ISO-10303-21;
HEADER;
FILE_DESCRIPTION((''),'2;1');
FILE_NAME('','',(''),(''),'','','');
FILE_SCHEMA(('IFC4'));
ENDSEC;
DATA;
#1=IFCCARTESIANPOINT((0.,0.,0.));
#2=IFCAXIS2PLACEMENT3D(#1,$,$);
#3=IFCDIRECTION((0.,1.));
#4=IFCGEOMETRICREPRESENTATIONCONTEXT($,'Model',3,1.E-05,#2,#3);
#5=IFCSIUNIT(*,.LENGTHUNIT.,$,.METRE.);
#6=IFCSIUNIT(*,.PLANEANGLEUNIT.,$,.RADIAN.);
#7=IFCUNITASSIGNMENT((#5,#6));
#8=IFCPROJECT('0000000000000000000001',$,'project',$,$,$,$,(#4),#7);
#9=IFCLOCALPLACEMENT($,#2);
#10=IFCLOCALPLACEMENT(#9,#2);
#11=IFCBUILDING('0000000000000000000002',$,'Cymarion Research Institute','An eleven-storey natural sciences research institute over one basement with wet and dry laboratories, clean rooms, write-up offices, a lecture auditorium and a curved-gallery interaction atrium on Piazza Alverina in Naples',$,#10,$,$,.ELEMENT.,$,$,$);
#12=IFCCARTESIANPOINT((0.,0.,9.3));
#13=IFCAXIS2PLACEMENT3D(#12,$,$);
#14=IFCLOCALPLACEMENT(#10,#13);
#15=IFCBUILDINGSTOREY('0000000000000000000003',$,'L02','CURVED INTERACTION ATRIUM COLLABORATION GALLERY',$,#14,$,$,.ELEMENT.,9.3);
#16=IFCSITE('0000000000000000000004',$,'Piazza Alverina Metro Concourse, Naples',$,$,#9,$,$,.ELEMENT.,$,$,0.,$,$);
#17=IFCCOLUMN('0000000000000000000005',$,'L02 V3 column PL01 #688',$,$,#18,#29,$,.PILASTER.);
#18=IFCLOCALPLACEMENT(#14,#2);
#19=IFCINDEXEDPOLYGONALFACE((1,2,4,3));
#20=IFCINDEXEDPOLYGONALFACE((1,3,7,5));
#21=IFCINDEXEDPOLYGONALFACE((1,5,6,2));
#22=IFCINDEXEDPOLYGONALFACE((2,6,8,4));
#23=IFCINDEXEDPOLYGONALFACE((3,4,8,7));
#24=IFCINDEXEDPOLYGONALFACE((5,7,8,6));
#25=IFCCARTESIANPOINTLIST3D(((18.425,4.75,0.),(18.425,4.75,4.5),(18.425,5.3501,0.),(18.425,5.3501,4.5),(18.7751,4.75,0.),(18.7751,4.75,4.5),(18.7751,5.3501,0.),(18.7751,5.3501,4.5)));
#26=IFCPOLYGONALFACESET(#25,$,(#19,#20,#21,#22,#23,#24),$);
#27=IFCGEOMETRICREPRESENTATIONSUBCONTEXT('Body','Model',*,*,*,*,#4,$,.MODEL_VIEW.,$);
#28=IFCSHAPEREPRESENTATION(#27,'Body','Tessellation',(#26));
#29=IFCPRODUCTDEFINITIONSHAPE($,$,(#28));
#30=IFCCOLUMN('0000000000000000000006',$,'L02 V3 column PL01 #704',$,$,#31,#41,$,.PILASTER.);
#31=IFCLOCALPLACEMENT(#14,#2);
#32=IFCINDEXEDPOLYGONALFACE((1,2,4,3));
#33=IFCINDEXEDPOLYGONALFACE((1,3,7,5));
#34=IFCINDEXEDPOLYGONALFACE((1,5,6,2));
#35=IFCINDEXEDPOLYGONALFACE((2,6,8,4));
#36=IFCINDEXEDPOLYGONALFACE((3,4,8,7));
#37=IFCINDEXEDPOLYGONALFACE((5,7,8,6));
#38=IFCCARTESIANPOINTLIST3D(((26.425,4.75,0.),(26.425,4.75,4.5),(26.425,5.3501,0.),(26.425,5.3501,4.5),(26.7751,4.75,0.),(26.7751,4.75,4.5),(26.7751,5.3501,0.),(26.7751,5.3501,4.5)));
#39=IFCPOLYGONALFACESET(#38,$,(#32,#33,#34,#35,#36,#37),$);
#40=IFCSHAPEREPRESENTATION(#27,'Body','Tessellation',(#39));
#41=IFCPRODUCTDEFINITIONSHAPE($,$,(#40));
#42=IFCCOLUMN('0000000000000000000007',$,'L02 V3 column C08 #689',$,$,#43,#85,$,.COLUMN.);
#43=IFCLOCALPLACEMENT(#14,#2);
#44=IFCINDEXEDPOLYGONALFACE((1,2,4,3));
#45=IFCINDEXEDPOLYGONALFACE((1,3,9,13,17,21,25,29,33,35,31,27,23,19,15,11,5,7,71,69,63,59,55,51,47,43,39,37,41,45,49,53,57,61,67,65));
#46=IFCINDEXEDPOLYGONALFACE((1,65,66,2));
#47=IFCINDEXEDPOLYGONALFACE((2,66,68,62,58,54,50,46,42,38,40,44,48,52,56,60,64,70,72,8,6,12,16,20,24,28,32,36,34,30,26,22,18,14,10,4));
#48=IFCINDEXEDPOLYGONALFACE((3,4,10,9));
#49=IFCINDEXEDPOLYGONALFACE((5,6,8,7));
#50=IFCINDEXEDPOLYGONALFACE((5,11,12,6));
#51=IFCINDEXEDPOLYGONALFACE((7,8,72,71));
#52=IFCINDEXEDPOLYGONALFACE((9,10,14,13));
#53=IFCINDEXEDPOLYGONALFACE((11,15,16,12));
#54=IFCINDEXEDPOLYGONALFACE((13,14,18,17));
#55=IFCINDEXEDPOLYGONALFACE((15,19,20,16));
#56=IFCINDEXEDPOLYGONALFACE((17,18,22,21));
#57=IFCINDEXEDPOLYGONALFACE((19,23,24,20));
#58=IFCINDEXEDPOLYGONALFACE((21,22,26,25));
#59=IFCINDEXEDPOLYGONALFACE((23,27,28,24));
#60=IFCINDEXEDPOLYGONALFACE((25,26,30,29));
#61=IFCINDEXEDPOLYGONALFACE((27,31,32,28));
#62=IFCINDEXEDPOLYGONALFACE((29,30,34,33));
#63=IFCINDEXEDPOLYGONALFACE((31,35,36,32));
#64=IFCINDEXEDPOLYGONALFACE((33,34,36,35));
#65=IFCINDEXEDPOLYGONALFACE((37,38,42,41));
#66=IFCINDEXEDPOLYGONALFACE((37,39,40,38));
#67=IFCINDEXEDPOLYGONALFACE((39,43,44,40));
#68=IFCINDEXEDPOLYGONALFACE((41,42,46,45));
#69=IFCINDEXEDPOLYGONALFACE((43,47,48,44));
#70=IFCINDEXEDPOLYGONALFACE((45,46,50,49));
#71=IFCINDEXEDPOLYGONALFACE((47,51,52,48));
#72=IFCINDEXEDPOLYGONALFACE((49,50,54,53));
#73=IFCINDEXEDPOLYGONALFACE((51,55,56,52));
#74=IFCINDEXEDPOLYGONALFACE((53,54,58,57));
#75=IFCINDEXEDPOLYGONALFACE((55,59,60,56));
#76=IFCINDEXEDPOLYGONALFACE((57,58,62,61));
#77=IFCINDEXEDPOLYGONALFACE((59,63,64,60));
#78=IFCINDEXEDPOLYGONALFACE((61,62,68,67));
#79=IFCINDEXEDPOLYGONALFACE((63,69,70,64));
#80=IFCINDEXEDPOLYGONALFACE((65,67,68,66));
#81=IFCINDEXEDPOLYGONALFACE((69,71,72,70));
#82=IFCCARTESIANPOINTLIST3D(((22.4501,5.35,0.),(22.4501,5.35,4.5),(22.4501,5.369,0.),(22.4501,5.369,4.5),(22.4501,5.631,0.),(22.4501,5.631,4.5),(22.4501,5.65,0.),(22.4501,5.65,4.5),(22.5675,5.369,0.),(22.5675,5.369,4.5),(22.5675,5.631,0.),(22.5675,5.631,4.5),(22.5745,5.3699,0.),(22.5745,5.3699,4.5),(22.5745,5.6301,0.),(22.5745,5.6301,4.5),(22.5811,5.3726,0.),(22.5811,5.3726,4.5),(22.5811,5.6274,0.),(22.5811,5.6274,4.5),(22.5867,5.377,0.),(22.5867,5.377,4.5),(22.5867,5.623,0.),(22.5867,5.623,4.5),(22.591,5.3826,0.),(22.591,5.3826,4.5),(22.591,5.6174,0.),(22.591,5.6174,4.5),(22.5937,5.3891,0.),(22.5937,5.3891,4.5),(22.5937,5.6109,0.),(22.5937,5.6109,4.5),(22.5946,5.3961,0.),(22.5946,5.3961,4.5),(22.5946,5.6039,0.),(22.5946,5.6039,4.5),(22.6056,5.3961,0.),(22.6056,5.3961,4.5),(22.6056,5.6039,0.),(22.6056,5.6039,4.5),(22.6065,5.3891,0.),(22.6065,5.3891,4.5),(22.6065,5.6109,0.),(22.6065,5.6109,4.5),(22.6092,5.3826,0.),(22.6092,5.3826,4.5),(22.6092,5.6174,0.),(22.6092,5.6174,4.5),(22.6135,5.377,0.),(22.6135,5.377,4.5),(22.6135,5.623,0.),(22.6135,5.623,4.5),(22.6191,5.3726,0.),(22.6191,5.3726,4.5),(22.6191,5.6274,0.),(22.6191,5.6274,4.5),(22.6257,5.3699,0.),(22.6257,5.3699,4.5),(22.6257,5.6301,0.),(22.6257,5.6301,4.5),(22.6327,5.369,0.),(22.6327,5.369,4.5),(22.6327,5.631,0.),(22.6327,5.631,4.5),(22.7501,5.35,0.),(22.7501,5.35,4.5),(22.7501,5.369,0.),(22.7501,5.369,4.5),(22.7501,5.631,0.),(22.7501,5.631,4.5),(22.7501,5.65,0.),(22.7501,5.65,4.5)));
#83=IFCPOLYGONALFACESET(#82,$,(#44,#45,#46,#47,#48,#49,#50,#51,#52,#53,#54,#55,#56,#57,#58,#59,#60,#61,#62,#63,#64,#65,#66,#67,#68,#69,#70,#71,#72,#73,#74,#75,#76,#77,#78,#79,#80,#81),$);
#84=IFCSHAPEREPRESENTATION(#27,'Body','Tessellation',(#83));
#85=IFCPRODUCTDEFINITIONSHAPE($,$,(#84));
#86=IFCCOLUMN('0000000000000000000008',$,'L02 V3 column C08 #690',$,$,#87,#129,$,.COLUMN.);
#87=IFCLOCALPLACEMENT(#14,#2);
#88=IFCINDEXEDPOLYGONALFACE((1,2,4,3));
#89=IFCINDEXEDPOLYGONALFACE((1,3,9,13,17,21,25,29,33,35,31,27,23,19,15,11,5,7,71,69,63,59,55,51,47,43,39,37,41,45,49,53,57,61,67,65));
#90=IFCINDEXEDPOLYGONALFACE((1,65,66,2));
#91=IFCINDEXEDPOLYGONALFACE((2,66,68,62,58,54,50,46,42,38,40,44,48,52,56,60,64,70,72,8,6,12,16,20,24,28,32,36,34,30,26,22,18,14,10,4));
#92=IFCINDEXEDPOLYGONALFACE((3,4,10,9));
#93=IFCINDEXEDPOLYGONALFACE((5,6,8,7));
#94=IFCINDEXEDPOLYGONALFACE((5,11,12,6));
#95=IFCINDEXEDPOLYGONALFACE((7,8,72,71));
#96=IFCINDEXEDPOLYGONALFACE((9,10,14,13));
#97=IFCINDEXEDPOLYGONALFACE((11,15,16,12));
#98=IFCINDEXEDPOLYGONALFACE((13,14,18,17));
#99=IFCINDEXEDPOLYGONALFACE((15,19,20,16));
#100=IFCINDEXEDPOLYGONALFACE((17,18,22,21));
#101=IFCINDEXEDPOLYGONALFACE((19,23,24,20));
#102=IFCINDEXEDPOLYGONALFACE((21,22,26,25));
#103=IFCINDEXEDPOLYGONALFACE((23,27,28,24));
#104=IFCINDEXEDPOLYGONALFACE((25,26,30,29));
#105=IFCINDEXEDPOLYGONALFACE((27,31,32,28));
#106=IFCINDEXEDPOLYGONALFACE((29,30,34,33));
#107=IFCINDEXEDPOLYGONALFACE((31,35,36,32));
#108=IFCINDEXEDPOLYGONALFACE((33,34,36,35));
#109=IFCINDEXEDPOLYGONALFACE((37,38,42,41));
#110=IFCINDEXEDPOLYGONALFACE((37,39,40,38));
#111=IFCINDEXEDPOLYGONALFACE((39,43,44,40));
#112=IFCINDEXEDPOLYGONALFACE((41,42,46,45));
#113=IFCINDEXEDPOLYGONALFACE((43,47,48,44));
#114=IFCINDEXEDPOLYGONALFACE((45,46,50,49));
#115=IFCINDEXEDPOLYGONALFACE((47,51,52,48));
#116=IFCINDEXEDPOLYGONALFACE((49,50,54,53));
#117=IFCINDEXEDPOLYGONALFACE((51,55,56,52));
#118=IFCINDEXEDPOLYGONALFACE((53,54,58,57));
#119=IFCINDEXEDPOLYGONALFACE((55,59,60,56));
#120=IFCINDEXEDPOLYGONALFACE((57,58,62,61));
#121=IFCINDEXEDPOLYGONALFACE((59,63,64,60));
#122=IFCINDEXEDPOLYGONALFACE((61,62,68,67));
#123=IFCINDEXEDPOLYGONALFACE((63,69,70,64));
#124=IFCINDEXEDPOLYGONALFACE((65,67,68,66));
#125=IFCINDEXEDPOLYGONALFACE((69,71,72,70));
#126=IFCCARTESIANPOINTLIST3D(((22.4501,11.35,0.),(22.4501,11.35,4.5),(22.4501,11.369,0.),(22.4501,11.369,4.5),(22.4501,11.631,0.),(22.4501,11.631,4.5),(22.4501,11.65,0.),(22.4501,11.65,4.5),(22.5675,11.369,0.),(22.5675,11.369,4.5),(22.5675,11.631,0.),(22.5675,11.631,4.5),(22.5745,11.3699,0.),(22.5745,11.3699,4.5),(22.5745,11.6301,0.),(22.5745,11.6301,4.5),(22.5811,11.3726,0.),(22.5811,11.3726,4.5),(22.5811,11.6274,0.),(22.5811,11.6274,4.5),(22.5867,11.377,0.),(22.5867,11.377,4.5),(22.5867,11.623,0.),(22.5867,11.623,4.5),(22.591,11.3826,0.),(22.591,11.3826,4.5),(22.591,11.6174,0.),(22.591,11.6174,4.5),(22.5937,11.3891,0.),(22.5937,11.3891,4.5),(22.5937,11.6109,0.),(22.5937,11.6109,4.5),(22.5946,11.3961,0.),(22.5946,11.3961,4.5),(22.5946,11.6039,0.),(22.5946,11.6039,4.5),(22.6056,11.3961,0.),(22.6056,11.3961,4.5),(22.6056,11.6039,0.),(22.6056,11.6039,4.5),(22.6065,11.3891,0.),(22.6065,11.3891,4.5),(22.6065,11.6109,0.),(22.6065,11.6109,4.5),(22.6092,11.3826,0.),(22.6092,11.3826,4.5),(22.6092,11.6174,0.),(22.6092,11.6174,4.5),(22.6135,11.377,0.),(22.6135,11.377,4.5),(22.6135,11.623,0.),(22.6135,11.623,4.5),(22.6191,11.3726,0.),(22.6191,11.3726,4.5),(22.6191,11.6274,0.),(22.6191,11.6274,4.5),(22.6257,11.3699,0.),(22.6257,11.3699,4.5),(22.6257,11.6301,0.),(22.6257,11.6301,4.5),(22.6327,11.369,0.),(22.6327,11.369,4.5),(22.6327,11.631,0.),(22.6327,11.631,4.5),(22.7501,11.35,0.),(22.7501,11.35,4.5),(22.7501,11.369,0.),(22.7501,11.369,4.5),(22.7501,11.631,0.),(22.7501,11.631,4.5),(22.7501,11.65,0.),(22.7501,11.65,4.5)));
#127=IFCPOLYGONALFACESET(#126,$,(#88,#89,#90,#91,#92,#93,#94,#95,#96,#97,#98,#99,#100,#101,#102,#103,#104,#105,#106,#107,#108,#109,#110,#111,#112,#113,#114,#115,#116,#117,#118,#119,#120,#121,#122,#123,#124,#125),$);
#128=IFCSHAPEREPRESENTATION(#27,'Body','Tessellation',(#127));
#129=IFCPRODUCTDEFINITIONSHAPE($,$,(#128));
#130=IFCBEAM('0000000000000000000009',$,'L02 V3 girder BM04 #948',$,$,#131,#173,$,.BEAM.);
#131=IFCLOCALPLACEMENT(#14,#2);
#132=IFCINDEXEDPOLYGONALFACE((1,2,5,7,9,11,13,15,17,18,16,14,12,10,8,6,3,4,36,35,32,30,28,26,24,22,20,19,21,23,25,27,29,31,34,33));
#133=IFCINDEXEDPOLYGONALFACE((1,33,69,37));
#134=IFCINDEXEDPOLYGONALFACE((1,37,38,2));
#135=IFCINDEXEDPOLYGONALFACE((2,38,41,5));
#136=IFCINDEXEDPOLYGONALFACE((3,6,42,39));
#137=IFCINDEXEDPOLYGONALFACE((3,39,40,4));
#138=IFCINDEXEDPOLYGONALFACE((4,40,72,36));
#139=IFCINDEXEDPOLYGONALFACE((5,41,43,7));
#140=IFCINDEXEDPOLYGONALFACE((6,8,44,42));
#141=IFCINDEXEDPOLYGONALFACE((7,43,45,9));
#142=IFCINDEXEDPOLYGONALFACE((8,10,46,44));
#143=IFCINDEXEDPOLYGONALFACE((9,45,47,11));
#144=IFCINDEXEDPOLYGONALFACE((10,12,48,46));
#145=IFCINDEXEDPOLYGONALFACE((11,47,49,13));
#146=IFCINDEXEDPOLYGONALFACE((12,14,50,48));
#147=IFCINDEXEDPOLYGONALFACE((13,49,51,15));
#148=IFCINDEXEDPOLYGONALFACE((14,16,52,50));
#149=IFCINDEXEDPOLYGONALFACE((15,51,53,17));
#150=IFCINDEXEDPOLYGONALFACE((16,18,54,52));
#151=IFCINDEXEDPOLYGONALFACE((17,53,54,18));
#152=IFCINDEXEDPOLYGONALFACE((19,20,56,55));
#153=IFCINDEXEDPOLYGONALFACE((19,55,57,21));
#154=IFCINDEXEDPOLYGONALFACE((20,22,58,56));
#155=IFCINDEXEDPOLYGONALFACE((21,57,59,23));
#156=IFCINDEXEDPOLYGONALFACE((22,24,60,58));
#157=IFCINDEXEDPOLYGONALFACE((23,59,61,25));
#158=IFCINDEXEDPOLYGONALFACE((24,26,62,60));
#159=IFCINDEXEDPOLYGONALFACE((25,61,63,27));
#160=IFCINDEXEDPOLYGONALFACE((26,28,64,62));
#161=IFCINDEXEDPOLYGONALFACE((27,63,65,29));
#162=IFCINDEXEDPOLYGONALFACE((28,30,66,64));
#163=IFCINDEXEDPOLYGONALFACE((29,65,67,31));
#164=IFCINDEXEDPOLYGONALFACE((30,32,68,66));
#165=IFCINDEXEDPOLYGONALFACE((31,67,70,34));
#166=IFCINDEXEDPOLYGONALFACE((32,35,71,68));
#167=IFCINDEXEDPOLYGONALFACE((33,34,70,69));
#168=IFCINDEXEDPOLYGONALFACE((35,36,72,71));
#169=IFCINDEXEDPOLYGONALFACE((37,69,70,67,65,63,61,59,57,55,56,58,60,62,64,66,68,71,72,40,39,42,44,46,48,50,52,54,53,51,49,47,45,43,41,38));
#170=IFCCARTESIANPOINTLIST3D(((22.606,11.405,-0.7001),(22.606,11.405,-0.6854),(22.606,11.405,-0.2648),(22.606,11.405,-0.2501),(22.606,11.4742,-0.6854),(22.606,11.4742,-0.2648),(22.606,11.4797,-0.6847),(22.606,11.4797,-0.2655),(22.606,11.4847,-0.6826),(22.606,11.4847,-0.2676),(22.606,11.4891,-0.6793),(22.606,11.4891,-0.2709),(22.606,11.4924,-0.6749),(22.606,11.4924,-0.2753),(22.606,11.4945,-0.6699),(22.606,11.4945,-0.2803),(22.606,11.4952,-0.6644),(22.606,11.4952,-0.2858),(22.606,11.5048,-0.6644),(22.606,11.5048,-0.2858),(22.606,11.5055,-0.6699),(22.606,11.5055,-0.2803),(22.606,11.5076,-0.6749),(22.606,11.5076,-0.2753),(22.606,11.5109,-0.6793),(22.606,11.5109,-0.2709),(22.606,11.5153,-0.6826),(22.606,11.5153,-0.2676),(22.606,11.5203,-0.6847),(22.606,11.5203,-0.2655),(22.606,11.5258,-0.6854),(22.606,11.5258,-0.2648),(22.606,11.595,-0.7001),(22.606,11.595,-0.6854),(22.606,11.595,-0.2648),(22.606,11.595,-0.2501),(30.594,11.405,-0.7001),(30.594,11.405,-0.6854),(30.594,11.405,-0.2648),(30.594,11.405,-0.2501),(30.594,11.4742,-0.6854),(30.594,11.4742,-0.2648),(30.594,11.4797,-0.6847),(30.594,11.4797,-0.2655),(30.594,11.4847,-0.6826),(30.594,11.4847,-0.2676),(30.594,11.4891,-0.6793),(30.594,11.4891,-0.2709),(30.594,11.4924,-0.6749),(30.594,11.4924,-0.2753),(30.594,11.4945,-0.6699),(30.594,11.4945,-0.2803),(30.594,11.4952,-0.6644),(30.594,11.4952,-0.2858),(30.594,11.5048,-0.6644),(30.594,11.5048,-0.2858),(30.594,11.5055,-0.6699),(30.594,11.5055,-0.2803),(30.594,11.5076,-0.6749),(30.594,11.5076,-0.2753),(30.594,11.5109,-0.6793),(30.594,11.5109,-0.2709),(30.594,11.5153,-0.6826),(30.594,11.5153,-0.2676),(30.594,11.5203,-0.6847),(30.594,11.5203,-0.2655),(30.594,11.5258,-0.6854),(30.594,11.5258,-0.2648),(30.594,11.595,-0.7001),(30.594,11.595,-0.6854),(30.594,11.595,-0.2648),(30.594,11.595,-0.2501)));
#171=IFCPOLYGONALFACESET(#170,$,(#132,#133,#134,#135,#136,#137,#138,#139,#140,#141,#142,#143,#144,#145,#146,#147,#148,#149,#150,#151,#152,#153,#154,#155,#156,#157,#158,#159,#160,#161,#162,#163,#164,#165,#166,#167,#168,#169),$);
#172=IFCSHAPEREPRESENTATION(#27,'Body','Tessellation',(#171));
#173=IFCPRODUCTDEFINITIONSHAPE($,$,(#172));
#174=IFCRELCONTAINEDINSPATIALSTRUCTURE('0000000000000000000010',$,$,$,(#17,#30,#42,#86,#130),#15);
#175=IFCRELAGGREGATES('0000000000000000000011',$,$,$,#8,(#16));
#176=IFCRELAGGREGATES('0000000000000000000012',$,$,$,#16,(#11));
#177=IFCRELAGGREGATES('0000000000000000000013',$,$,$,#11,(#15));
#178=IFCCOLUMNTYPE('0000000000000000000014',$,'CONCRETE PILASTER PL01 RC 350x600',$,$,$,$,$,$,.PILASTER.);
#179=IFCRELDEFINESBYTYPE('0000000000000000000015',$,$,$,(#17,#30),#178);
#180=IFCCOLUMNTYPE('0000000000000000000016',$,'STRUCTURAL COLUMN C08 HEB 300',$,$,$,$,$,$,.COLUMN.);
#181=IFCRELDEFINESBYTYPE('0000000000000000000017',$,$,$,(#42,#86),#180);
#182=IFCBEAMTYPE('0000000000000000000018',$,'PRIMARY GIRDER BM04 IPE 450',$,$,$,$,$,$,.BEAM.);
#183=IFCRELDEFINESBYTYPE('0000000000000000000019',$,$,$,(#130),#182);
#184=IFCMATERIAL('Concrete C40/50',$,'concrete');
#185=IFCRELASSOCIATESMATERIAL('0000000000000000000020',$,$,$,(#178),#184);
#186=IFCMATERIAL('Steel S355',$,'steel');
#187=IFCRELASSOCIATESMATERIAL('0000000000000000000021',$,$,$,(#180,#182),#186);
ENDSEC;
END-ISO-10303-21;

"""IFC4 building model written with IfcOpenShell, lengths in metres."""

from ifc_helpers import new_model, si_unit, direction, frame, origin, origin_2d, place, context, subcontext, project, spatial, rectangle, i_section, extrude, material, material_profile, profile_set, type_object, element, save


model = new_model("IFC4")

# Units and contexts
model_context = context("Model", 3, precision=1e-05, world=origin(), true_north=direction((0.0, 1.0)))
body_context = subcontext(model_context, "Body", "Model", "MODEL_VIEW")
ifc_project = project(units=[si_unit("LENGTHUNIT", "METRE"), si_unit("PLANEANGLEUNIT", "RADIAN")], contexts=[model_context])

# Site, building, storey
site_placement = place(None, origin())
site = spatial("IfcSite", under=ifc_project, at=site_placement, Name="Piazza Alverina Metro Concourse, Naples", CompositionType="ELEMENT", RefElevation=0.0)
building_placement = place(site_placement, origin())
building = spatial("IfcBuilding", under=site, at=building_placement, Name="Cymarion Research Institute", Description="An eleven-storey natural sciences research institute over one basement with wet and dry laboratories, clean rooms, write-up offices, a lecture auditorium and a curved-gallery interaction atrium on Piazza Alverina in Naples", CompositionType="ELEMENT")
storey_placement = place(building_placement, frame((0.0, 0.0, 9.3)))
storey = spatial("IfcBuildingStorey", under=building, at=storey_placement, Name="L02", Description="CURVED INTERACTION ATRIUM COLLABORATION GALLERY", CompositionType="ELEMENT", Elevation=9.3)

# Columns
ifc_material_1 = material(Name="Concrete C40/50", Category="concrete")
ifc_material_profile_1 = material_profile(ifc_material_1, rectangle(XDim=0.3501, YDim=0.6001, at=origin_2d()), Name="RC 350x600")
ifc_profile_set_1 = profile_set([ifc_material_profile_1], Name="Concrete C40/50")
column_type_1 = type_object("IfcColumnType", Name="CONCRETE PILASTER PL01 RC 350x600", PredefinedType="PILASTER", material=ifc_profile_set_1)
for number, where, z_axis, x_axis, name in (
    (1, (18.6001, 5.05, 0.0), (0.0, 0.0, 1.0), (1.0, 0.0, 0.0), "L02 V3 column PL01 #688"),
    (2, (26.6001, 5.05, 0.0), (0.0, 0.0, 1.0), (1.0, 0.0, 0.0), "L02 V3 column PL01 #704"),
):
    element("IfcColumn", number, at=place(storey_placement, frame(where, z_axis=z_axis, x_axis=x_axis)), inside=storey, type_object=column_type_1, Name=name, PredefinedType="PILASTER", context=body_context, shape_type="SweptSolid", body=[
        extrude(rectangle(XDim=0.3501, YDim=0.6001, at=origin_2d()), origin(), (0.0, 0.0, 1.0), 4.5),
    ])
ifc_material_2 = material(Name="Steel S355", Category="steel")
ifc_material_profile_2 = material_profile(ifc_material_2, i_section(OverallWidth=0.3, OverallDepth=0.3, WebThickness=0.011, FlangeThickness=0.019, FilletRadius=0.0271, at=origin_2d()), Name="HEB 300")
ifc_profile_set_2 = profile_set([ifc_material_profile_2], Name="Steel S355")
column_type_2 = type_object("IfcColumnType", Name="STRUCTURAL COLUMN C08 HEB 300", PredefinedType="COLUMN", material=ifc_profile_set_2)
for number, where, z_axis, x_axis, name in (
    (3, (22.6001, 5.5, 0.0), (0.0, 0.0, 1.0), (1.0, 0.0, 0.0), "L02 V3 column C08 #689"),
    (4, (22.6001, 11.5, 0.0), (0.0, 0.0, 1.0), (1.0, 0.0, 0.0), "L02 V3 column C08 #690"),
):
    element("IfcColumn", number, at=place(storey_placement, frame(where, z_axis=z_axis, x_axis=x_axis)), inside=storey, type_object=column_type_2, Name=name, PredefinedType="COLUMN", context=body_context, shape_type="SweptSolid", body=[
        extrude(i_section(OverallWidth=0.3, OverallDepth=0.3, WebThickness=0.011, FlangeThickness=0.019, FilletRadius=0.0271, at=origin_2d()), origin(), (0.0, 0.0, 1.0), 4.5),
    ])

# Beam
ifc_material_profile_3 = material_profile(ifc_material_2, i_section(OverallWidth=0.1899, OverallDepth=0.45, WebThickness=0.0095, FlangeThickness=0.0146, FilletRadius=0.021, at=origin_2d()), Name="IPE 450")
ifc_profile_set_3 = profile_set([ifc_material_profile_3], Name="Steel S355")
beam_type_1 = type_object("IfcBeamType", Name="PRIMARY GIRDER BM04 IPE 450", PredefinedType="BEAM", material=ifc_profile_set_3)
beam_1_placement = place(storey_placement, frame((22.606, 11.5, -0.4751), z_axis=(1.0, 0.0, 0.0), x_axis=(0.0, 1.0, 0.0)))
element("IfcBeam", 5, at=beam_1_placement, inside=storey, type_object=beam_type_1, Name="L02 V3 girder BM04 #948", PredefinedType="BEAM", context=body_context, shape_type="SweptSolid", body=[
    extrude(i_section(OverallWidth=0.1899, OverallDepth=0.45, WebThickness=0.0095, FlangeThickness=0.0146, FilletRadius=0.021, at=origin_2d()), origin(), (0.0, 0.0, 1.0), 7.988),
])

save(model, "model.ifc")
